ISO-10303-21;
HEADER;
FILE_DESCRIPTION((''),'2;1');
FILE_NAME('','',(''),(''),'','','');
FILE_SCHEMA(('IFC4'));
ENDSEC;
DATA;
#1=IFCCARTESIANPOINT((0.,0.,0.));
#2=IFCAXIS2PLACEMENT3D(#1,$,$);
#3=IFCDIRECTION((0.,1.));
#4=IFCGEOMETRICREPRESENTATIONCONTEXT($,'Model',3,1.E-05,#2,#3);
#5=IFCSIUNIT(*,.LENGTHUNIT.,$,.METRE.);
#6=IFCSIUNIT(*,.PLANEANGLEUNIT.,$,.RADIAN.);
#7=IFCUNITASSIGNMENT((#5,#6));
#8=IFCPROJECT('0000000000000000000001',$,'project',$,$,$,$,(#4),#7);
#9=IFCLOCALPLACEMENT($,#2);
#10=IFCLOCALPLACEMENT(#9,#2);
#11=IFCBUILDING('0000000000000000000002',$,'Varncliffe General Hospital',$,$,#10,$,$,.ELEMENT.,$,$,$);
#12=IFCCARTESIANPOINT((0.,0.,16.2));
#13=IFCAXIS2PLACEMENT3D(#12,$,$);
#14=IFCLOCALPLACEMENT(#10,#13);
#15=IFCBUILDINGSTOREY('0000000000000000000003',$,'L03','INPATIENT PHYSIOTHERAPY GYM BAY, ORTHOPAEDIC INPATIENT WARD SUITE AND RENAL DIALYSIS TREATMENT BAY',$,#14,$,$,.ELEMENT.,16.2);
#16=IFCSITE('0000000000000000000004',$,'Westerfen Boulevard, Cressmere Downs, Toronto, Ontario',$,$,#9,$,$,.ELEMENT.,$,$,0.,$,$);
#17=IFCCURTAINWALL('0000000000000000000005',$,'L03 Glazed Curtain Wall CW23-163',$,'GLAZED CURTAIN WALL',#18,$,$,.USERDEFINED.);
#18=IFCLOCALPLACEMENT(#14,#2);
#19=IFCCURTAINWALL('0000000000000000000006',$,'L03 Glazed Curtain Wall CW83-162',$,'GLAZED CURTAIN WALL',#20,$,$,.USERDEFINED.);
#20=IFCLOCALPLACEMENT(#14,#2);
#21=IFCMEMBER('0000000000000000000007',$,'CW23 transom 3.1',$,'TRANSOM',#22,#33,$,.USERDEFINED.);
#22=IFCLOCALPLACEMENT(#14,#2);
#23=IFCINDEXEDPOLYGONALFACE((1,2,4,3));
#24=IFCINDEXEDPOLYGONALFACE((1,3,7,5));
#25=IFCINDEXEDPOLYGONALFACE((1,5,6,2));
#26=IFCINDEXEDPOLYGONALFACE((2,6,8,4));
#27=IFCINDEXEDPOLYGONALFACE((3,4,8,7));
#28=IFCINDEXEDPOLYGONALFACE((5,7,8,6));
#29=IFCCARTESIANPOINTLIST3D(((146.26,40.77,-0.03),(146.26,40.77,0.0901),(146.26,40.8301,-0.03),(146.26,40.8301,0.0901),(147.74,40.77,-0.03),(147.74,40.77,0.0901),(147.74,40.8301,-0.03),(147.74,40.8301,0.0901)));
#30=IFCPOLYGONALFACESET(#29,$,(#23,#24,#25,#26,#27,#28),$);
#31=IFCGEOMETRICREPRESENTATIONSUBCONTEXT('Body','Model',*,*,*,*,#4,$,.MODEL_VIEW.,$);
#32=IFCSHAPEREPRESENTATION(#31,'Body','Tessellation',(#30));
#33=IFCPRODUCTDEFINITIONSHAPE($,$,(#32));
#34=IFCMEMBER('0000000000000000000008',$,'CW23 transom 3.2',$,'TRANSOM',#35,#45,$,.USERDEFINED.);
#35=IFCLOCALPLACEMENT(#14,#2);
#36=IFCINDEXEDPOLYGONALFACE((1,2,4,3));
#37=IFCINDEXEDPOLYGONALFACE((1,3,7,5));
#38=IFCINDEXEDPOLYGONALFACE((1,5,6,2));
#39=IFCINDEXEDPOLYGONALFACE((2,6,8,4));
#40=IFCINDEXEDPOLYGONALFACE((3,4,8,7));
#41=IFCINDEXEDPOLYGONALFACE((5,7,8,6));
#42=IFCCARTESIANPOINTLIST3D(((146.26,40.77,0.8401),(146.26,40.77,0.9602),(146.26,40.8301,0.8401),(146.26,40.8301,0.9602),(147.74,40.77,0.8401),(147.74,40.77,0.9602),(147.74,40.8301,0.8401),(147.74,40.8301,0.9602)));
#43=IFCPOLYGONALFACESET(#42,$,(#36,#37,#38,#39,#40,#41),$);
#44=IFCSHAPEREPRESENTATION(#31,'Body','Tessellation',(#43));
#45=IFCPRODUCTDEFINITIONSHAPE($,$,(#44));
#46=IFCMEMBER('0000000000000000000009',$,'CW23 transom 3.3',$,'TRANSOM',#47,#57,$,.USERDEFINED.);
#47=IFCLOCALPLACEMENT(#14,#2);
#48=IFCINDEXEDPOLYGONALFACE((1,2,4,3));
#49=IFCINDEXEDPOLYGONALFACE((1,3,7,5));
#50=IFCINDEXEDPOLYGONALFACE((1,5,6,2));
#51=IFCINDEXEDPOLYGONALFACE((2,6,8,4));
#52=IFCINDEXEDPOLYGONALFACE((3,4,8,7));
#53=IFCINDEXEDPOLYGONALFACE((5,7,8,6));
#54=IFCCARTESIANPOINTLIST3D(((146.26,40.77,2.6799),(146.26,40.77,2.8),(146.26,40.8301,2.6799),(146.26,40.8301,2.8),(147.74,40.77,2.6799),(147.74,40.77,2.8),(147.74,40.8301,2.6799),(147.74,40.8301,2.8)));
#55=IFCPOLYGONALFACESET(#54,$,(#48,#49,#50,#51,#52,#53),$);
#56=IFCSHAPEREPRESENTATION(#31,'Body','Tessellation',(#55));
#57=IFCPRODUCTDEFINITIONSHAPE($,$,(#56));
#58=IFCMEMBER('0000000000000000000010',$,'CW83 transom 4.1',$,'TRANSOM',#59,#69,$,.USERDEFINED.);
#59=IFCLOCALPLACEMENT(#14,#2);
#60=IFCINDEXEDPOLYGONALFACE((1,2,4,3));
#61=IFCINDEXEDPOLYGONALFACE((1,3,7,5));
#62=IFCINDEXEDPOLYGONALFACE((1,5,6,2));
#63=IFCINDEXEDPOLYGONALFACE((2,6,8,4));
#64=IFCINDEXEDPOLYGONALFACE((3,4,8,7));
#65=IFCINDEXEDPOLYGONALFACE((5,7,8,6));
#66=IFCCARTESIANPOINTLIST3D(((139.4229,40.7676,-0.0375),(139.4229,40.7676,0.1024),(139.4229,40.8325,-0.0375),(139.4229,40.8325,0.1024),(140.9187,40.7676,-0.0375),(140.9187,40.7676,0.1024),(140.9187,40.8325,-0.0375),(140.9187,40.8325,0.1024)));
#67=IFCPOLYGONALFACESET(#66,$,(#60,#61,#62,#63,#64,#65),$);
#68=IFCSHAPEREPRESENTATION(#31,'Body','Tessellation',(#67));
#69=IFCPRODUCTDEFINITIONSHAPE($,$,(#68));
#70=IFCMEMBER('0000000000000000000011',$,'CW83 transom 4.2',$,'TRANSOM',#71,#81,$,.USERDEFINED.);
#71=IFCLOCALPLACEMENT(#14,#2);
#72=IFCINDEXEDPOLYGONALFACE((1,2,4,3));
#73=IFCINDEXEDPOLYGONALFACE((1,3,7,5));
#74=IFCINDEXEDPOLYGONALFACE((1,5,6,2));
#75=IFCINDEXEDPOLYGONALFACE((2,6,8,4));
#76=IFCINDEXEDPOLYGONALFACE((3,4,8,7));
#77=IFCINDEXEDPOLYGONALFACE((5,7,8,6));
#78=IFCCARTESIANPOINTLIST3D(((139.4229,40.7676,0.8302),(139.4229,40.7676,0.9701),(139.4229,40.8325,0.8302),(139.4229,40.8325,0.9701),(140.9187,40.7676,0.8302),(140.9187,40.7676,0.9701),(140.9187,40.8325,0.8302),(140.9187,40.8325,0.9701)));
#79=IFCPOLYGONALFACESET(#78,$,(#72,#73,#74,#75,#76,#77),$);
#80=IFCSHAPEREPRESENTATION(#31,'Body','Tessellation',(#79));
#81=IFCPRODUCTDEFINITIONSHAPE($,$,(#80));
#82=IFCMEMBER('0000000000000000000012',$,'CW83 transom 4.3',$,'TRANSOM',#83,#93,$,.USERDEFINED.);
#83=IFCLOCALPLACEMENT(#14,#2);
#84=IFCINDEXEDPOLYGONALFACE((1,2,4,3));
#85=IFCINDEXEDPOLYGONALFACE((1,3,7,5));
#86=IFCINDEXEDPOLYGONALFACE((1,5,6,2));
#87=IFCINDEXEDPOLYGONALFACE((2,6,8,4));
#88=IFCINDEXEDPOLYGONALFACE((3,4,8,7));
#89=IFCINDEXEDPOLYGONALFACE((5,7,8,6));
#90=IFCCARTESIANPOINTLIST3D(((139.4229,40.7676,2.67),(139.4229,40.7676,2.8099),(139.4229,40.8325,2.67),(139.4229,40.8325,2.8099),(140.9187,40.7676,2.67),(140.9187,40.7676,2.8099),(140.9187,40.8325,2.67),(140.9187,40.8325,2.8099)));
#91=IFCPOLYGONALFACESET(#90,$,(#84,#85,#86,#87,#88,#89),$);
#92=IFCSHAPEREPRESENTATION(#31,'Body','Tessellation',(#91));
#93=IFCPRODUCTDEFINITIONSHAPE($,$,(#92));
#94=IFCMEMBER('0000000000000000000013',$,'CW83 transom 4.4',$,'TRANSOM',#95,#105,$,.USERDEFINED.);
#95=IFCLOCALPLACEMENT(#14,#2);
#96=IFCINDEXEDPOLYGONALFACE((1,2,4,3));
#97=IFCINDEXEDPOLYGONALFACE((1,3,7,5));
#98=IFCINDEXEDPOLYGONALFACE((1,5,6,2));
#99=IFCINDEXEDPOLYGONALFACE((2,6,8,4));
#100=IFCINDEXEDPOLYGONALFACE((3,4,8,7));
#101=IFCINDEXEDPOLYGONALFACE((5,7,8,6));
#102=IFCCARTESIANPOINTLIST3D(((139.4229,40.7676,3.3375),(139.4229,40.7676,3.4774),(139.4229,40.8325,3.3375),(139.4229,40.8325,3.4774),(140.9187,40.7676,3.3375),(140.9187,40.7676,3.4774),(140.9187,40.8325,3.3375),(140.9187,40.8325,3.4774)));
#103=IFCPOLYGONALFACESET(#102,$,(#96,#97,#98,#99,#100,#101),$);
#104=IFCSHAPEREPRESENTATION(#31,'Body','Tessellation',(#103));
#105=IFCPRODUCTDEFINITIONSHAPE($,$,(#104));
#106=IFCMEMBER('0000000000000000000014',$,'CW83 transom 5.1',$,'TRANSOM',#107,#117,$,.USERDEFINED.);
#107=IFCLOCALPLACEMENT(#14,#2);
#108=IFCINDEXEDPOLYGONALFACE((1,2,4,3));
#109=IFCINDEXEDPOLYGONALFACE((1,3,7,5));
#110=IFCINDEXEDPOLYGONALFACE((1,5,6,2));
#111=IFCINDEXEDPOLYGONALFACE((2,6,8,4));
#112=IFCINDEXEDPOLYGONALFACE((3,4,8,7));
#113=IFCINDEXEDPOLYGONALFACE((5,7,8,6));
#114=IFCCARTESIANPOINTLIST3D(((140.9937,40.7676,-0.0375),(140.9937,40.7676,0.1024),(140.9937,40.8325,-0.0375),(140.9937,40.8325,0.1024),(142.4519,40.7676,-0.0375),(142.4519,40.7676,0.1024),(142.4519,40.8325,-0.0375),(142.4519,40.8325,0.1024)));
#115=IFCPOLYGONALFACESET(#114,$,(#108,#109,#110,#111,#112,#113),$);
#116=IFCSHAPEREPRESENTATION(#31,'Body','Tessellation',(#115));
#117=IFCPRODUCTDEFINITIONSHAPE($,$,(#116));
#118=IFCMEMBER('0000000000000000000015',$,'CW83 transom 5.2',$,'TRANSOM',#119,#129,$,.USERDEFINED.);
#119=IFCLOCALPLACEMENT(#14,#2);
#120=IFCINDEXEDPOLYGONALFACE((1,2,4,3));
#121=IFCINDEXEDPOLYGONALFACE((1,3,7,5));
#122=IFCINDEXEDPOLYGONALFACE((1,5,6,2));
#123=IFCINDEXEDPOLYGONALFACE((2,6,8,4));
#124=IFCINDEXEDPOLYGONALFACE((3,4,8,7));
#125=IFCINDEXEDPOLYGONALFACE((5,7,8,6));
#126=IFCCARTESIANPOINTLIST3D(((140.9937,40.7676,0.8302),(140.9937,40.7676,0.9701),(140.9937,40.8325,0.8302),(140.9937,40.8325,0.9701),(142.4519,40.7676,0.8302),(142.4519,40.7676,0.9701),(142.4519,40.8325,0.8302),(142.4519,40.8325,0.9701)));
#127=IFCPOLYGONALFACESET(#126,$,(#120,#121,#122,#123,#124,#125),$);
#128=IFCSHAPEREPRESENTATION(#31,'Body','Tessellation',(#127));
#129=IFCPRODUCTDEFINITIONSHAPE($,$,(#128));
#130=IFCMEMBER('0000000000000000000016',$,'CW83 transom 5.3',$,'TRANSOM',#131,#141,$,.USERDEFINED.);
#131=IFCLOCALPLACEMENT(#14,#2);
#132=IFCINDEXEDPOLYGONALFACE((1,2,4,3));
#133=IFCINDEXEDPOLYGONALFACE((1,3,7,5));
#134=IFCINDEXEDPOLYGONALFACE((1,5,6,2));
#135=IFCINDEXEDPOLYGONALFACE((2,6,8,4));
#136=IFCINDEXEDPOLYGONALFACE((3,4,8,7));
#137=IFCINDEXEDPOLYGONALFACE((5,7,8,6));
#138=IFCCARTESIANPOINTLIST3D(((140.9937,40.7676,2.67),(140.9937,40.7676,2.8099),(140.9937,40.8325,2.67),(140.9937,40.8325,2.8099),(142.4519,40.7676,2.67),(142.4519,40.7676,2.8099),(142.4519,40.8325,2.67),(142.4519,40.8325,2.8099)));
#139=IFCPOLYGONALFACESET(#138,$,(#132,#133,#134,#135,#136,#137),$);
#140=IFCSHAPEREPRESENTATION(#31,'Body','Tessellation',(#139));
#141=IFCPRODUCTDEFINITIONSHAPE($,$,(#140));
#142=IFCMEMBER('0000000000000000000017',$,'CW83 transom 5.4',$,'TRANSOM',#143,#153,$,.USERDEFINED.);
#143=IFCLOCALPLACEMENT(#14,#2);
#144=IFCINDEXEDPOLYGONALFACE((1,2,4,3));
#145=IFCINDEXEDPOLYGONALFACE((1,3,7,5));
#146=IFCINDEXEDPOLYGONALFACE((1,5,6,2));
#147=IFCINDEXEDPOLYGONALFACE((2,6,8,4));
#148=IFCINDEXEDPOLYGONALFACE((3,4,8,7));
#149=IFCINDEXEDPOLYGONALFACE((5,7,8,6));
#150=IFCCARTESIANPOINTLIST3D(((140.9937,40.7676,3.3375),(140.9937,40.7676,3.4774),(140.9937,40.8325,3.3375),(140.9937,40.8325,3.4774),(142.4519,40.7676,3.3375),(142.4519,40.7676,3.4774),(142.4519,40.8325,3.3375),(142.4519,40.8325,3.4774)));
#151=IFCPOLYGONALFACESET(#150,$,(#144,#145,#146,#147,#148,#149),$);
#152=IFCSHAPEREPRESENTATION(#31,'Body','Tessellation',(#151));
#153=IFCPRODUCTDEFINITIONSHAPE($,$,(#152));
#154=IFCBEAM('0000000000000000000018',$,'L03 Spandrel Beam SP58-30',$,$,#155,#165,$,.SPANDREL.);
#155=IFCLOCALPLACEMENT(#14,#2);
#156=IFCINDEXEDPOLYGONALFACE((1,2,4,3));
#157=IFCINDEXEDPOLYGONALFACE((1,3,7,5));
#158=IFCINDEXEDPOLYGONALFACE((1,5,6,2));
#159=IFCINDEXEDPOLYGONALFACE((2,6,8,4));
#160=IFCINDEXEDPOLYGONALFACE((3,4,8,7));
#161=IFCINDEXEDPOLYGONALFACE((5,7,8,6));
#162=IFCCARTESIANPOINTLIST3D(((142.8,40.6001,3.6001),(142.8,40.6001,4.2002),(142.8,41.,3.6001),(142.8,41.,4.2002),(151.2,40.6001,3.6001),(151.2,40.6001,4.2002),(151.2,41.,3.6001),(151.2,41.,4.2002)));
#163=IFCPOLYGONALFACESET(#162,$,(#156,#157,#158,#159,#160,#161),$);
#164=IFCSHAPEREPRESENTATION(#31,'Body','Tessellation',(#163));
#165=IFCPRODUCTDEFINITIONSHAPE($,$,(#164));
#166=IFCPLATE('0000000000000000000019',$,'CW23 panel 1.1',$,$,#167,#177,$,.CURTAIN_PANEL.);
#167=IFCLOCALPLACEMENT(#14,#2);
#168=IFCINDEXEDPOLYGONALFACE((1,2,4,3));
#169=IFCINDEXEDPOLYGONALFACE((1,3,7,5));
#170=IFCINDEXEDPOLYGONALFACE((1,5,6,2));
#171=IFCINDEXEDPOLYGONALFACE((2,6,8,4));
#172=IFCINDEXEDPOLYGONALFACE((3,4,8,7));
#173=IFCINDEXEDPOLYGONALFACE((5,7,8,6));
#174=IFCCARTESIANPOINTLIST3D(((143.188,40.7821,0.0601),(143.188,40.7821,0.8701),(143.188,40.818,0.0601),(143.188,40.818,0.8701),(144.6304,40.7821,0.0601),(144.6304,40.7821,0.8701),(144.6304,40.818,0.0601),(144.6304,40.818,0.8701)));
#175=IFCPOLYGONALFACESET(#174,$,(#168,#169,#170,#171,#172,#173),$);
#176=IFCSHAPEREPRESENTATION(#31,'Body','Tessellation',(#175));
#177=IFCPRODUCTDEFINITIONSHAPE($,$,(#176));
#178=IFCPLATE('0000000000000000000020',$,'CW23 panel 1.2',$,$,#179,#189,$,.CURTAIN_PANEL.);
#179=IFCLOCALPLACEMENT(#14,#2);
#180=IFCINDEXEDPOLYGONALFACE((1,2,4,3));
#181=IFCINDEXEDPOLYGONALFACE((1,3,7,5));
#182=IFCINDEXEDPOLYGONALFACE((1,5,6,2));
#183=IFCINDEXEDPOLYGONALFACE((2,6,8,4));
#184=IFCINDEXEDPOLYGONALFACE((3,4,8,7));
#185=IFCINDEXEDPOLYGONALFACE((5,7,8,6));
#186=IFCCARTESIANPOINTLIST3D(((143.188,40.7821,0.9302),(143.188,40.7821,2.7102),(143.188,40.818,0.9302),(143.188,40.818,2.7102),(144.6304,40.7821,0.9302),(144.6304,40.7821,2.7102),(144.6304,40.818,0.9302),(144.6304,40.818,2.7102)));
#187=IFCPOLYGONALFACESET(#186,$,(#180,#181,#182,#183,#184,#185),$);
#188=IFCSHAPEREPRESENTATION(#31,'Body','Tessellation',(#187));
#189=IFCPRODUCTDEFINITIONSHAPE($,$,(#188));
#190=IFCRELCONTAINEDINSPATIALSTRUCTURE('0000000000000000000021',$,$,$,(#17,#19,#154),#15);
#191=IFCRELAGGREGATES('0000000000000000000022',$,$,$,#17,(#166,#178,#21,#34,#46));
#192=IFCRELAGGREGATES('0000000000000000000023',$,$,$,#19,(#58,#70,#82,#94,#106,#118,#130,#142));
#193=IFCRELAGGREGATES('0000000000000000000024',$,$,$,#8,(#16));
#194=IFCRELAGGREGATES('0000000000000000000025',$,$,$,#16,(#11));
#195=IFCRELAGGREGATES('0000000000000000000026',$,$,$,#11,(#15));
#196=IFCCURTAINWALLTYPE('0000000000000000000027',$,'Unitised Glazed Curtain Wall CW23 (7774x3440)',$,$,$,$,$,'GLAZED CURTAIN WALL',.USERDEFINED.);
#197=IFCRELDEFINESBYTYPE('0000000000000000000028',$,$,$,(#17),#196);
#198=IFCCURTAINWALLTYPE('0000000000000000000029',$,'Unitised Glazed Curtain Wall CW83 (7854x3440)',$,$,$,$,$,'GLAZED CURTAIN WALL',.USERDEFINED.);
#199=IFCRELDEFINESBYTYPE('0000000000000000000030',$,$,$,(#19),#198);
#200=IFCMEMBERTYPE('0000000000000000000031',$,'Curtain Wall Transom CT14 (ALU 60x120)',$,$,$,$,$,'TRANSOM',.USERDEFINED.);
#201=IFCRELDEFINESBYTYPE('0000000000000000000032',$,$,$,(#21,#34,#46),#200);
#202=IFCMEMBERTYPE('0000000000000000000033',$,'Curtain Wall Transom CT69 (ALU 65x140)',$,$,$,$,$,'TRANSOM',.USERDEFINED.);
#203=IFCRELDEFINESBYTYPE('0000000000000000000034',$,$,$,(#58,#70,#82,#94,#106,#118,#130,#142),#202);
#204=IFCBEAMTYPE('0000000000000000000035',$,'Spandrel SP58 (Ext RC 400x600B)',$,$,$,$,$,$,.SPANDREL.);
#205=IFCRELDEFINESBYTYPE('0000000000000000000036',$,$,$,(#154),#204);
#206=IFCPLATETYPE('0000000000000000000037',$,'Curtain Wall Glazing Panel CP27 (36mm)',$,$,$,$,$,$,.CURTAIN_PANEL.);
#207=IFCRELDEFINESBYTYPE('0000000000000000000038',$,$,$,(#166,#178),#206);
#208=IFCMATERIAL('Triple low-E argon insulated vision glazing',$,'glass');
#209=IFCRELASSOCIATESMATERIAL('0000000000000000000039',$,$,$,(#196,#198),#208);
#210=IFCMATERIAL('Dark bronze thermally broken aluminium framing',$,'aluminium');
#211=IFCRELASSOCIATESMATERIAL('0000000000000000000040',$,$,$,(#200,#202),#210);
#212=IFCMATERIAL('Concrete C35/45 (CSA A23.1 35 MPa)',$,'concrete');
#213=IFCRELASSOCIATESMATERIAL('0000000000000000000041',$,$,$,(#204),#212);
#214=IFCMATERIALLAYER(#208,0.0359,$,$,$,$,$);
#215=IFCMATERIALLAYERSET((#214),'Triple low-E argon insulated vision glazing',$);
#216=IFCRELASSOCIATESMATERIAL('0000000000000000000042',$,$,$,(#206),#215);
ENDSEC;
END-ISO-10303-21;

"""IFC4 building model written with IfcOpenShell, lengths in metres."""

from ifc_helpers import new_model, si_unit, direction, frame, origin, origin_2d, place, context, subcontext, project, spatial, rectangle, extrude, material, layer, layer_set, material_profile, profile_set, type_object, element, aggregate, save


model = new_model("IFC4")

# Units and contexts
model_context = context("Model", 3, precision=1e-05, world=origin(), true_north=direction((0.0, 1.0)))
body_context = subcontext(model_context, "Body", "Model", "MODEL_VIEW")
ifc_project = project(units=[si_unit("LENGTHUNIT", "METRE"), si_unit("PLANEANGLEUNIT", "RADIAN")], contexts=[model_context])

# Site, building, storey
site_placement = place(None, origin())
site = spatial("IfcSite", under=ifc_project, at=site_placement, Name="Westerfen Boulevard, Cressmere Downs, Toronto, Ontario", CompositionType="ELEMENT", RefElevation=0.0)
building_placement = place(site_placement, origin())
building = spatial("IfcBuilding", under=site, at=building_placement, Name="Varncliffe General Hospital", CompositionType="ELEMENT")
storey_placement = place(building_placement, frame((0.0, 0.0, 16.2)))
storey = spatial("IfcBuildingStorey", under=building, at=storey_placement, Name="L03", Description="INPATIENT PHYSIOTHERAPY GYM BAY, ORTHOPAEDIC INPATIENT WARD SUITE AND RENAL DIALYSIS TREATMENT BAY", CompositionType="ELEMENT", Elevation=16.2)

# Curtain walls
ifc_material_1 = material(Name="Triple low-E argon insulated vision glazing", Category="glass")
curtain_wall_type_1 = type_object("IfcCurtainWallType", Name="Unitised Glazed Curtain Wall CW23 (7774x3440)", ElementType="GLAZED CURTAIN WALL", PredefinedType="USERDEFINED", material=ifc_material_1)
curtain_wall_1_placement = place(storey_placement, origin())
curtain_wall_1 = element("IfcCurtainWall", 1, at=curtain_wall_1_placement, inside=storey, type_object=curtain_wall_type_1, Name="L03 Glazed Curtain Wall CW23-163", ObjectType="GLAZED CURTAIN WALL", PredefinedType="USERDEFINED")
ifc_material_2 = material(Name="Dark bronze thermally broken aluminium framing", Category="aluminium")
curtain_wall_type_2 = type_object("IfcCurtainWallType", Name="Unitised Glazed Curtain Wall CW83 (7854x3440)", ElementType="GLAZED CURTAIN WALL", PredefinedType="USERDEFINED", material=ifc_material_1)
curtain_wall_2_placement = place(storey_placement, origin())
curtain_wall_2 = element("IfcCurtainWall", 2, at=curtain_wall_2_placement, inside=storey, type_object=curtain_wall_type_2, Name="L03 Glazed Curtain Wall CW83-162", ObjectType="GLAZED CURTAIN WALL", PredefinedType="USERDEFINED")

# Members
ifc_material_profile_1 = material_profile(ifc_material_2, rectangle(XDim=0.0601, YDim=0.1201, at=origin_2d()), Name="ALU 60x120")
ifc_profile_set_1 = profile_set([ifc_material_profile_1], Name="Dark bronze thermally broken aluminium framing")
member_type_1 = type_object("IfcMemberType", Name="Curtain Wall Transom CT14 (ALU 60x120)", ElementType="TRANSOM", PredefinedType="USERDEFINED", material=ifc_profile_set_1)
member_1_placement = place(storey_placement, frame((146.26, 40.8, 0.03), z_axis=(1.0, 0.0, 0.0), x_axis=(0.0, 1.0, 0.0)))
member_1 = element("IfcMember", 3, at=member_1_placement, type_object=member_type_1, Name="CW23 transom 3.1", ObjectType="TRANSOM", PredefinedType="USERDEFINED", context=body_context, shape_type="SweptSolid", body=[
    extrude(rectangle(XDim=0.0601, YDim=0.1201, at=origin_2d()), origin(), (0.0, 0.0, 1.0), 1.48),
])
member_2_placement = place(storey_placement, frame((146.26, 40.8, 0.9001), z_axis=(1.0, 0.0, 0.0), x_axis=(0.0, 1.0, 0.0)))
member_2 = element("IfcMember", 4, at=member_2_placement, type_object=member_type_1, Name="CW23 transom 3.2", ObjectType="TRANSOM", PredefinedType="USERDEFINED", context=body_context, shape_type="SweptSolid", body=[
    extrude(rectangle(XDim=0.0601, YDim=0.1201, at=origin_2d()), origin(), (0.0, 0.0, 1.0), 1.48),
])
member_3_placement = place(storey_placement, frame((146.26, 40.8, 2.74), z_axis=(1.0, 0.0, 0.0), x_axis=(0.0, 1.0, 0.0)))
member_3 = element("IfcMember", 5, at=member_3_placement, type_object=member_type_1, Name="CW23 transom 3.3", ObjectType="TRANSOM", PredefinedType="USERDEFINED", context=body_context, shape_type="SweptSolid", body=[
    extrude(rectangle(XDim=0.0601, YDim=0.1201, at=origin_2d()), origin(), (0.0, 0.0, 1.0), 1.48),
])
ifc_material_profile_2 = material_profile(ifc_material_2, rectangle(XDim=0.0649, YDim=0.1399, at=origin_2d()), Name="ALU 65x140")
ifc_profile_set_2 = profile_set([ifc_material_profile_2], Name="Dark bronze thermally broken aluminium framing")
member_type_2 = type_object("IfcMemberType", Name="Curtain Wall Transom CT69 (ALU 65x140)", ElementType="TRANSOM", PredefinedType="USERDEFINED", material=ifc_profile_set_2)
member_4_placement = place(storey_placement, frame((139.4229, 40.8, 0.0325), z_axis=(1.0, 0.0, 0.0), x_axis=(0.0, 1.0, 0.0)))
member_4 = element("IfcMember", 6, at=member_4_placement, type_object=member_type_2, Name="CW83 transom 4.1", ObjectType="TRANSOM", PredefinedType="USERDEFINED", context=body_context, shape_type="SweptSolid", body=[
    extrude(rectangle(XDim=0.0649, YDim=0.1399, at=origin_2d()), origin(), (0.0, 0.0, 1.0), 1.4958),
])
member_5_placement = place(storey_placement, frame((139.4229, 40.8, 0.9001), z_axis=(1.0, 0.0, 0.0), x_axis=(0.0, 1.0, 0.0)))
member_5 = element("IfcMember", 7, at=member_5_placement, type_object=member_type_2, Name="CW83 transom 4.2", ObjectType="TRANSOM", PredefinedType="USERDEFINED", context=body_context, shape_type="SweptSolid", body=[
    extrude(rectangle(XDim=0.0649, YDim=0.1399, at=origin_2d()), origin(), (0.0, 0.0, 1.0), 1.4958),
])
member_6_placement = place(storey_placement, frame((139.4229, 40.8, 2.74), z_axis=(1.0, 0.0, 0.0), x_axis=(0.0, 1.0, 0.0)))
member_6 = element("IfcMember", 8, at=member_6_placement, type_object=member_type_2, Name="CW83 transom 4.3", ObjectType="TRANSOM", PredefinedType="USERDEFINED", context=body_context, shape_type="SweptSolid", body=[
    extrude(rectangle(XDim=0.0649, YDim=0.1399, at=origin_2d()), origin(), (0.0, 0.0, 1.0), 1.4958),
])
member_7_placement = place(storey_placement, frame((139.4229, 40.8, 3.4075), z_axis=(1.0, 0.0, 0.0), x_axis=(0.0, 1.0, 0.0)))
member_7 = element("IfcMember", 9, at=member_7_placement, type_object=member_type_2, Name="CW83 transom 4.4", ObjectType="TRANSOM", PredefinedType="USERDEFINED", context=body_context, shape_type="SweptSolid", body=[
    extrude(rectangle(XDim=0.0649, YDim=0.1399, at=origin_2d()), origin(), (0.0, 0.0, 1.0), 1.4958),
])
member_8_placement = place(storey_placement, frame((140.9937, 40.8, 0.0325), z_axis=(1.0, 0.0, 0.0), x_axis=(0.0, 1.0, 0.0)))
member_8 = element("IfcMember", 10, at=member_8_placement, type_object=member_type_2, Name="CW83 transom 5.1", ObjectType="TRANSOM", PredefinedType="USERDEFINED", context=body_context, shape_type="SweptSolid", body=[
    extrude(rectangle(XDim=0.0649, YDim=0.1399, at=origin_2d()), origin(), (0.0, 0.0, 1.0), 1.4583),
])
member_9_placement = place(storey_placement, frame((140.9937, 40.8, 0.9001), z_axis=(1.0, 0.0, 0.0), x_axis=(0.0, 1.0, 0.0)))
member_9 = element("IfcMember", 11, at=member_9_placement, type_object=member_type_2, Name="CW83 transom 5.2", ObjectType="TRANSOM", PredefinedType="USERDEFINED", context=body_context, shape_type="SweptSolid", body=[
    extrude(rectangle(XDim=0.0649, YDim=0.1399, at=origin_2d()), origin(), (0.0, 0.0, 1.0), 1.4583),
])
member_10_placement = place(storey_placement, frame((140.9937, 40.8, 2.74), z_axis=(1.0, 0.0, 0.0), x_axis=(0.0, 1.0, 0.0)))
member_10 = element("IfcMember", 12, at=member_10_placement, type_object=member_type_2, Name="CW83 transom 5.3", ObjectType="TRANSOM", PredefinedType="USERDEFINED", context=body_context, shape_type="SweptSolid", body=[
    extrude(rectangle(XDim=0.0649, YDim=0.1399, at=origin_2d()), origin(), (0.0, 0.0, 1.0), 1.4583),
])
member_11_placement = place(storey_placement, frame((140.9937, 40.8, 3.4075), z_axis=(1.0, 0.0, 0.0), x_axis=(0.0, 1.0, 0.0)))
member_11 = element("IfcMember", 13, at=member_11_placement, type_object=member_type_2, Name="CW83 transom 5.4", ObjectType="TRANSOM", PredefinedType="USERDEFINED", context=body_context, shape_type="SweptSolid", body=[
    extrude(rectangle(XDim=0.0649, YDim=0.1399, at=origin_2d()), origin(), (0.0, 0.0, 1.0), 1.4583),
])

# Beam
ifc_material_3 = material(Name="Concrete C35/45 (CSA A23.1 35 MPa)", Category="concrete")
ifc_material_profile_3 = material_profile(ifc_material_3, rectangle(XDim=0.3999, YDim=0.6001, at=origin_2d()), Name="RC 400x600")
ifc_profile_set_3 = profile_set([ifc_material_profile_3], Name="Concrete C35/45 (CSA A23.1 35 MPa)")
beam_type = type_object("IfcBeamType", Name="Spandrel SP58 (Ext RC 400x600B)", PredefinedType="SPANDREL", material=ifc_profile_set_3)
beam_placement = place(storey_placement, frame((142.8, 40.8, 3.9001), z_axis=(1.0, 0.0, 0.0), x_axis=(0.0, 1.0, 0.0)))
element("IfcBeam", 14, at=beam_placement, inside=storey, type_object=beam_type, Name="L03 Spandrel Beam SP58-30", PredefinedType="SPANDREL", context=body_context, shape_type="SweptSolid", body=[
    extrude(rectangle(XDim=0.3999, YDim=0.6001, at=origin_2d()), origin(), (0.0, 0.0, 1.0), 8.3999),
])

# Plates
ifc_layer_1 = layer(ifc_material_1, 0.0359)
ifc_layer_set_1 = layer_set([ifc_layer_1], Name="Triple low-E argon insulated vision glazing")
plate_type_1 = type_object("IfcPlateType", Name="Curtain Wall Glazing Panel CP27 (36mm)", PredefinedType="CURTAIN_PANEL", material=ifc_layer_set_1)
plate_1_placement = place(storey_placement, frame((143.9092, 40.8, 0.0601), z_axis=(0.0, 0.0, 1.0), x_axis=(1.0, 0.0, 0.0)))
plate_1 = element("IfcPlate", 15, at=plate_1_placement, type_object=plate_type_1, Name="CW23 panel 1.1", PredefinedType="CURTAIN_PANEL", context=body_context, shape_type="SweptSolid", body=[
    extrude(rectangle(XDim=1.4424, YDim=0.0359, at=origin_2d()), origin(), (0.0, 0.0, 1.0), 0.8101),
])
plate_2_placement = place(storey_placement, frame((143.9092, 40.8, 0.9302), z_axis=(0.0, 0.0, 1.0), x_axis=(1.0, 0.0, 0.0)))
plate_2 = element("IfcPlate", 16, at=plate_2_placement, type_object=plate_type_1, Name="CW23 panel 1.2", PredefinedType="CURTAIN_PANEL", context=body_context, shape_type="SweptSolid", body=[
    extrude(rectangle(XDim=1.4424, YDim=0.0359, at=origin_2d()), origin(), (0.0, 0.0, 1.0), 1.78),
])
aggregate(curtain_wall_1, [plate_1, plate_2, member_1, member_2, member_3])
aggregate(curtain_wall_2, [member_4, member_5, member_6, member_7, member_8, member_9, member_10, member_11])

save(model, "model.ifc")
